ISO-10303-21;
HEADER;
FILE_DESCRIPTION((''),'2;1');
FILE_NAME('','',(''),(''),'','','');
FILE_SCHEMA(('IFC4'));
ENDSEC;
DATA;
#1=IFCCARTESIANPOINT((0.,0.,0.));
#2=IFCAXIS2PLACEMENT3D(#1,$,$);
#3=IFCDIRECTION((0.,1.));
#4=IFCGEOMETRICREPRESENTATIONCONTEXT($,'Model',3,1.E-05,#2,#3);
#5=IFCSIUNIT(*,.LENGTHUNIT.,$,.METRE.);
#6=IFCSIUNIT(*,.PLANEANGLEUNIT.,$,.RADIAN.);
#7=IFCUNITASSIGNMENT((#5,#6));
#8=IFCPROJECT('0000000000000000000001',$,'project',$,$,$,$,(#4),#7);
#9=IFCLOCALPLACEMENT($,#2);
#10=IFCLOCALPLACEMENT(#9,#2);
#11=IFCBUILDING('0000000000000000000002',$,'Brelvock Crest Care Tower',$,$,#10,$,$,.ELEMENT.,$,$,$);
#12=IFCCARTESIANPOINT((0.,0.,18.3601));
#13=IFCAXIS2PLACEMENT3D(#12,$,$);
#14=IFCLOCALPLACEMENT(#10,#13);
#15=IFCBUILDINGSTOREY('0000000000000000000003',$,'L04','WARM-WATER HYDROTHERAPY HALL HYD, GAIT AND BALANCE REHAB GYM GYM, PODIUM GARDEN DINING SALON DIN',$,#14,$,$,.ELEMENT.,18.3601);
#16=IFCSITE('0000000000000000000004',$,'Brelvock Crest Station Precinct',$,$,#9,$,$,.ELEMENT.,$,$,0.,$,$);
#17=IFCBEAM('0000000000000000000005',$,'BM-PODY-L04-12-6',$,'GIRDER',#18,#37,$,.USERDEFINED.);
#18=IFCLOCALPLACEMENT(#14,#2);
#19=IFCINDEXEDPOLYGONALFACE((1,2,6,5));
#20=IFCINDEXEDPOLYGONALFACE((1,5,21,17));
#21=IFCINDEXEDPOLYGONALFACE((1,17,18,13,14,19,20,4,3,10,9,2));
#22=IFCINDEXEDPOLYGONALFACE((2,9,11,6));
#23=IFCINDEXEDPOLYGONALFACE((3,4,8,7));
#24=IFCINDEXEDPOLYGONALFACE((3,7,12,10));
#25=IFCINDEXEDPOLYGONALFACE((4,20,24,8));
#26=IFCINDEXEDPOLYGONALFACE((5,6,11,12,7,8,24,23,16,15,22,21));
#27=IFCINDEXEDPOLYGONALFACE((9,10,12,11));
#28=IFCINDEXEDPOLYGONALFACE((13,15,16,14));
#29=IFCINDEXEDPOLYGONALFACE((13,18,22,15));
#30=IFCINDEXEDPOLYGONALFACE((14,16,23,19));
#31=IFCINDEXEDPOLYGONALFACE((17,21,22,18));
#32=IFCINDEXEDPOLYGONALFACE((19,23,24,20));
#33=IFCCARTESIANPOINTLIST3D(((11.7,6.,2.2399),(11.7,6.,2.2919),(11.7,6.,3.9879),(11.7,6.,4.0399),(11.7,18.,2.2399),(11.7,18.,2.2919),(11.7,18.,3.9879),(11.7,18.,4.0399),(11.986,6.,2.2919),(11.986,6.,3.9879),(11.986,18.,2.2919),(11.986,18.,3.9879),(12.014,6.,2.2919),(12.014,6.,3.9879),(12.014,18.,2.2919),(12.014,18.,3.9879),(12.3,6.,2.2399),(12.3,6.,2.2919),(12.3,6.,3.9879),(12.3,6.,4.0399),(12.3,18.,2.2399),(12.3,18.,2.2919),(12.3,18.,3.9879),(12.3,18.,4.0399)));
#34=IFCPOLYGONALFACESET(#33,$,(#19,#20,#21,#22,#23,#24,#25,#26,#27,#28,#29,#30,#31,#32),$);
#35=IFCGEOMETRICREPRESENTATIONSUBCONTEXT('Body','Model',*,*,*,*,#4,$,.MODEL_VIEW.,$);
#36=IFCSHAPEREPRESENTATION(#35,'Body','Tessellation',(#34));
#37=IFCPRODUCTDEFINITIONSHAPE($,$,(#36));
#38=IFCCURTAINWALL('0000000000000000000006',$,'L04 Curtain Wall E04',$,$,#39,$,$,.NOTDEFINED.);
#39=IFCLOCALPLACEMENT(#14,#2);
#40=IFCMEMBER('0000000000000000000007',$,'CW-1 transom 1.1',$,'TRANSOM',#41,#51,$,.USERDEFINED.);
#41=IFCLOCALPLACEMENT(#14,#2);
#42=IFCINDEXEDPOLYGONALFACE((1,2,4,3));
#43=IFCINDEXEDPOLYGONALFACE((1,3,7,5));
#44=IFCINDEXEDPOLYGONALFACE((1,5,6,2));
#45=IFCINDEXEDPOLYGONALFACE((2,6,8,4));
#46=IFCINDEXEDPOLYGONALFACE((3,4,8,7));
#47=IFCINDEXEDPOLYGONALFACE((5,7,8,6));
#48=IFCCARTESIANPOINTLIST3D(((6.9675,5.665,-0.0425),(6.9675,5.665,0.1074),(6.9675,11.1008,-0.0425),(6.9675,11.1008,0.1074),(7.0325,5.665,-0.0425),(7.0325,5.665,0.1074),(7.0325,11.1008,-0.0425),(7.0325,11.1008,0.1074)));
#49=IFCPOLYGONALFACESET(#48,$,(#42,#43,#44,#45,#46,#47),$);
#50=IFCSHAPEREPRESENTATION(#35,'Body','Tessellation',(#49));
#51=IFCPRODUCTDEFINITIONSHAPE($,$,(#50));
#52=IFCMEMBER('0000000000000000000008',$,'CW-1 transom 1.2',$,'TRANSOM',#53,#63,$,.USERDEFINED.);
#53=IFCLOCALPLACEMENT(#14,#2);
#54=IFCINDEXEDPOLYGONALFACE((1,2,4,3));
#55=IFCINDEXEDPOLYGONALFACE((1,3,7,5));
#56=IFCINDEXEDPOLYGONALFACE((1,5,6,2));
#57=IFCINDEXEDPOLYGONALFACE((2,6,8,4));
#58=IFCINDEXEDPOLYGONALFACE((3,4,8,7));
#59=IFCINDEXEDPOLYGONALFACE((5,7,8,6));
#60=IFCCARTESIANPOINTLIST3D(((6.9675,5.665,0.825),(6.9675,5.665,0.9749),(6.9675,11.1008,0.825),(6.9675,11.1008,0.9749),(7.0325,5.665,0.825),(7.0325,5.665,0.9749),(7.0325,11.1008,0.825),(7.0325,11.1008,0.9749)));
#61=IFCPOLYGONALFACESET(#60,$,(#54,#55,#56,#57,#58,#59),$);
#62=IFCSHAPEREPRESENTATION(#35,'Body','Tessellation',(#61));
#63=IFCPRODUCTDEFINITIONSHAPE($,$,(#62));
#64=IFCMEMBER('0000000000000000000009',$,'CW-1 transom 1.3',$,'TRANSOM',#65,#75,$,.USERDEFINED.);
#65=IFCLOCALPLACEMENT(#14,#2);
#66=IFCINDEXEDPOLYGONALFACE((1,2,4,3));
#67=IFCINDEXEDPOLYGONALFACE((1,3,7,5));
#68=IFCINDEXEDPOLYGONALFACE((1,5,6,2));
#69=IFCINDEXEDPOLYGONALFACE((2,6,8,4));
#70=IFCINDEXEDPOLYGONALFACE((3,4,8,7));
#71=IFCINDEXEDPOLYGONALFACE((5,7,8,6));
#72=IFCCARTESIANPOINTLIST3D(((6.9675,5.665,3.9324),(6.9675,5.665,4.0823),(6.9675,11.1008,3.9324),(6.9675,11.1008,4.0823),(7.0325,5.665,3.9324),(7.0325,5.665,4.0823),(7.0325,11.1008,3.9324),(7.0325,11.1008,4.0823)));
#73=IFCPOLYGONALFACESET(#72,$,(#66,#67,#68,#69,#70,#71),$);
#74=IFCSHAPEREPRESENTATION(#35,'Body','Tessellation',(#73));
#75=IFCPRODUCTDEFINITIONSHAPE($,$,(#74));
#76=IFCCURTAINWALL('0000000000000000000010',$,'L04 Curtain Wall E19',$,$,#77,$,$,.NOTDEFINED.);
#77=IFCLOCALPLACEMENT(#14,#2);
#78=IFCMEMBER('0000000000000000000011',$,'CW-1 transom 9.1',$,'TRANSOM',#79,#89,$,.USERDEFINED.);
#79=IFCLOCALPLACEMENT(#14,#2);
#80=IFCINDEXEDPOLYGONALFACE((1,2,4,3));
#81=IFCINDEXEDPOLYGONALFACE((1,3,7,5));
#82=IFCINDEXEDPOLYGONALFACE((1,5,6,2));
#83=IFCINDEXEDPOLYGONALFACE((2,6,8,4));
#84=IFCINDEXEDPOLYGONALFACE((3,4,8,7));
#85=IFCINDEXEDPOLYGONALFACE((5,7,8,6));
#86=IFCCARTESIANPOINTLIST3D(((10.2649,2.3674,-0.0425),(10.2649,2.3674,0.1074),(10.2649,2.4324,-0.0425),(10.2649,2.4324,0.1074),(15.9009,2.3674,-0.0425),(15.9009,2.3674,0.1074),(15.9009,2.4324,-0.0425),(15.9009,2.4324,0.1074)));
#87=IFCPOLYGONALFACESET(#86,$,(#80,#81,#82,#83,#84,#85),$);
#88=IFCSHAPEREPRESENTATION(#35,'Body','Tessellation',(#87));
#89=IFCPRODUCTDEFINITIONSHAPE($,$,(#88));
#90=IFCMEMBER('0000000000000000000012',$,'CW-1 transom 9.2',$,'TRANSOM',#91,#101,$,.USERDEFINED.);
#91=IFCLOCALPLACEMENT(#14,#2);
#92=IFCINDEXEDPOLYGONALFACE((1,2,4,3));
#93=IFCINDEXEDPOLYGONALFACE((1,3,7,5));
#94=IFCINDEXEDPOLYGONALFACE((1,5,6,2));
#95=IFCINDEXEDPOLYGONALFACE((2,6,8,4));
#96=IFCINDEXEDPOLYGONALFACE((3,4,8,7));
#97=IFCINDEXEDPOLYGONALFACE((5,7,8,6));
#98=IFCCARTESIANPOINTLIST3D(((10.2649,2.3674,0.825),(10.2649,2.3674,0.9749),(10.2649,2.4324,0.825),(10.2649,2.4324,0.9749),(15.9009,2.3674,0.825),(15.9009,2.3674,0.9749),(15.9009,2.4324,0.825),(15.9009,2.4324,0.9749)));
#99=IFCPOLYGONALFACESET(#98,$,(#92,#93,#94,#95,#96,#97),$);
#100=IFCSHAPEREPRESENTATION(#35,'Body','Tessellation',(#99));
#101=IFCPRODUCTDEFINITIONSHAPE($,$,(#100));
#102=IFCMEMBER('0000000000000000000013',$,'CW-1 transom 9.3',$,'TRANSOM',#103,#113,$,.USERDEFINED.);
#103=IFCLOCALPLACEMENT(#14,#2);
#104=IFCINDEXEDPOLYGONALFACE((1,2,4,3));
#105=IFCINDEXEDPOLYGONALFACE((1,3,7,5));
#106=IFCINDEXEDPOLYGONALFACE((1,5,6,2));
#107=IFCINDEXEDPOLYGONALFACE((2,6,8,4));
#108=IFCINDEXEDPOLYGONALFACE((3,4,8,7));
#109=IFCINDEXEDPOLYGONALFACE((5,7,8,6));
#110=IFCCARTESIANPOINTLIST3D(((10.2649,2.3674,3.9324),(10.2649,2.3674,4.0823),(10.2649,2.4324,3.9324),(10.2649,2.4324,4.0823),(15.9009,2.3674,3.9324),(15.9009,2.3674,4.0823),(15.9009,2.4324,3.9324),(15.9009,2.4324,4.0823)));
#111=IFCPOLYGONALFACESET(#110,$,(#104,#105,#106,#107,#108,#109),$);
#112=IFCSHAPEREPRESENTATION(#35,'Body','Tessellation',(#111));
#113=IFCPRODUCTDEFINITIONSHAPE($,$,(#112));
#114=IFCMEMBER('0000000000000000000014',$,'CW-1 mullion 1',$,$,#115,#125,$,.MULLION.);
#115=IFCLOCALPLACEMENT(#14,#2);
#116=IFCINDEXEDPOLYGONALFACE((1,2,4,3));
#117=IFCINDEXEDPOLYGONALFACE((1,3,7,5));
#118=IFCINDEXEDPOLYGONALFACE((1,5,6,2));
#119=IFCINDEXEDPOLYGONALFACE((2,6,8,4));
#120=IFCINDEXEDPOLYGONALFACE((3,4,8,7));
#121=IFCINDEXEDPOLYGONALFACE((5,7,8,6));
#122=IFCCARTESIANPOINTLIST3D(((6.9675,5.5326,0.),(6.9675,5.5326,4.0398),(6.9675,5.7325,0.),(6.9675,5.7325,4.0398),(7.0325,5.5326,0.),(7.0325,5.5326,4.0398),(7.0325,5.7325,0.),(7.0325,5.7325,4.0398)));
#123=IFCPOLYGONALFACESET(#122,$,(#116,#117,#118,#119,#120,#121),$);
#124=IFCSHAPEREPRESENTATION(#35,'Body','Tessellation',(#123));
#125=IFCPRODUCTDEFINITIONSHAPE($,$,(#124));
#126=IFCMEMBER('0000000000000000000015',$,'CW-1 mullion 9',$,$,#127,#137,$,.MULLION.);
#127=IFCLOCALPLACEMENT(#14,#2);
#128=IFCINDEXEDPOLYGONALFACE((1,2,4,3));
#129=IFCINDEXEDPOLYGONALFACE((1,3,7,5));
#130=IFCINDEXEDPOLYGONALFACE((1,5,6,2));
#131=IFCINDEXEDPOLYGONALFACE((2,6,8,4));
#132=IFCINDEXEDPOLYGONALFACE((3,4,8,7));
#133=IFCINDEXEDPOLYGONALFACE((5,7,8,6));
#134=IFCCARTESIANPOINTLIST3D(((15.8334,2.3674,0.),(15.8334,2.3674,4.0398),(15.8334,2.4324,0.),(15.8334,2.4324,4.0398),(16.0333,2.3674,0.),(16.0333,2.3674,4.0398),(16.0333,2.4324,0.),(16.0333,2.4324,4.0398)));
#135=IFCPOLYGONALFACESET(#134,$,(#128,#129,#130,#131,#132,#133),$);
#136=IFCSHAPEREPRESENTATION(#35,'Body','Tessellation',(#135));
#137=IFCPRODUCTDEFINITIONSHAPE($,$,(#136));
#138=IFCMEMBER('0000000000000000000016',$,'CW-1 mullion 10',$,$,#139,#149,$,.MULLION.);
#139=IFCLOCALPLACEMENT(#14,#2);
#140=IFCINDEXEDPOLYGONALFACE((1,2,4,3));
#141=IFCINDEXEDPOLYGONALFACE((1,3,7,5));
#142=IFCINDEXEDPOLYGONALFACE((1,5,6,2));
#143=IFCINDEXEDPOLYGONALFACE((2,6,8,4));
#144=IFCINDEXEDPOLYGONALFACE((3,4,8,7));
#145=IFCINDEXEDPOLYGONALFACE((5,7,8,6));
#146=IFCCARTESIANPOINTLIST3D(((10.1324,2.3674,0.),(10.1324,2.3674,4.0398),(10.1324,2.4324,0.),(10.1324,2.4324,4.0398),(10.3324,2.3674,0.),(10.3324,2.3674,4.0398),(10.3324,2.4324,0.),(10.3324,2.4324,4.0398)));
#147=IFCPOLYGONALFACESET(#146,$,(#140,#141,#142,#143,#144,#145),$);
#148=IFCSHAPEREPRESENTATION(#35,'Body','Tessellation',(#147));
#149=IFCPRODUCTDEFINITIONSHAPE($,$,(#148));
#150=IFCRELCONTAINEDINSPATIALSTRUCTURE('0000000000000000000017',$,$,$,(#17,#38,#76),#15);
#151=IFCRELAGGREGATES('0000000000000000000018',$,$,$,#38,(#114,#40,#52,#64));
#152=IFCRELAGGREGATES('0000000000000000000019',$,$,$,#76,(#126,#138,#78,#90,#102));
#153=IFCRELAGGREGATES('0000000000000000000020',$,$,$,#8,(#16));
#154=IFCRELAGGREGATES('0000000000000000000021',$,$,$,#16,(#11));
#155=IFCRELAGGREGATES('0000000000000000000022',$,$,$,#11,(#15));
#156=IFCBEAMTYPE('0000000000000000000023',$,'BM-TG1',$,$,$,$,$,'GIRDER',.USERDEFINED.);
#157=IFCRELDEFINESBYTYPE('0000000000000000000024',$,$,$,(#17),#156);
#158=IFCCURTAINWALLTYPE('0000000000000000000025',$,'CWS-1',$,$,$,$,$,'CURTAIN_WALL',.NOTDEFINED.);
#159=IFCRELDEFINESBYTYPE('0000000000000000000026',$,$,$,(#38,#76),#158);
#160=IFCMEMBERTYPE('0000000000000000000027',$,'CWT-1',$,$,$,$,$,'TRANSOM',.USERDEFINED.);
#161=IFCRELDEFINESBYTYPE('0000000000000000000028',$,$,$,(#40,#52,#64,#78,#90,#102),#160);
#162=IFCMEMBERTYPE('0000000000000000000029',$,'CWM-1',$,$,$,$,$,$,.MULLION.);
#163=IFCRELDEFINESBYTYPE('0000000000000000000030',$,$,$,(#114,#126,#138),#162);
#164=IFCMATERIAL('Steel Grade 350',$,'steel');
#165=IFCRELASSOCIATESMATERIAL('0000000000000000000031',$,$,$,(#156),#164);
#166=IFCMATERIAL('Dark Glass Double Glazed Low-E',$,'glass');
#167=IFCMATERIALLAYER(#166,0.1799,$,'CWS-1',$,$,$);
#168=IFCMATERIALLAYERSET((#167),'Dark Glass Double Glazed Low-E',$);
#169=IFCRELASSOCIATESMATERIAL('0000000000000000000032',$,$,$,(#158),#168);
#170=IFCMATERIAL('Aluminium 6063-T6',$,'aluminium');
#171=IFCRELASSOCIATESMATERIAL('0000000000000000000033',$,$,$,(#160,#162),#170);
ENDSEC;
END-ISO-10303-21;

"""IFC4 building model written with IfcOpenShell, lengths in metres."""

from ifc_helpers import new_model, si_unit, direction, frame, origin, origin_2d, place, context, subcontext, project, spatial, rectangle, i_section, extrude, source, transform, mapped, material, layer, layer_set, material_profile, profile_set, type_object, element, aggregate, save


model = new_model("IFC4")

# Units and contexts
model_context = context("Model", 3, precision=1e-05, world=origin(), true_north=direction((0.0, 1.0)))
body_context = subcontext(model_context, "Body", "Model", "MODEL_VIEW")
ifc_project = project(units=[si_unit("LENGTHUNIT", "METRE"), si_unit("PLANEANGLEUNIT", "RADIAN")], contexts=[model_context])

# Site, building, storey
site_placement = place(None, origin())
site = spatial("IfcSite", under=ifc_project, at=site_placement, Name="Brelvock Crest Station Precinct", CompositionType="ELEMENT", RefElevation=0.0)
building_placement = place(site_placement, origin())
building = spatial("IfcBuilding", under=site, at=building_placement, Name="Brelvock Crest Care Tower", CompositionType="ELEMENT")
storey_placement = place(building_placement, frame((0.0, 0.0, 18.3601)))
storey = spatial("IfcBuildingStorey", under=building, at=storey_placement, Name="L04", Description="WARM-WATER HYDROTHERAPY HALL HYD, GAIT AND BALANCE REHAB GYM GYM, PODIUM GARDEN DINING SALON DIN", CompositionType="ELEMENT", Elevation=18.3601)

# Shared definitions
ifc_material_1 = material(Name="Steel Grade 350", Category="steel")

# Beam
ifc_material_profile_1 = material_profile(ifc_material_1, i_section(OverallWidth=0.6001, OverallDepth=1.8, WebThickness=0.0281, FlangeThickness=0.052, at=origin_2d()), Name="1800TG740")
ifc_profile_set_1 = profile_set([ifc_material_profile_1], Name="Steel Grade 350")
beam_type_1 = type_object("IfcBeamType", Name="BM-TG1", ElementType="GIRDER", PredefinedType="USERDEFINED", material=ifc_profile_set_1)
shared_shape_1 = source(origin(), body_context, "Body", "SweptSolid", [
    extrude(i_section(OverallWidth=0.6001, OverallDepth=1.8, WebThickness=0.0281, FlangeThickness=0.052, at=origin_2d()), origin(), (0.0, 0.0, 1.0), 12.0),
])
for number, where, z_axis, x_axis, name in (
    (1, (12.0, 6.0, 3.1399), (0.0, 1.0, 0.0), (-1.0, 0.0, 0.0), "BM-PODY-L04-12-6"),
):
    element("IfcBeam", number, at=place(storey_placement, frame(where, z_axis=z_axis, x_axis=x_axis)), inside=storey, type_object=beam_type_1, Name=name, ObjectType="GIRDER", PredefinedType="USERDEFINED", context=body_context, shape_type="MappedRepresentation", body=[
        mapped(shared_shape_1, transform((0.0, 0.0, 0.0), x_axis=(1.0, 0.0, 0.0), y_axis=(0.0, 1.0, 0.0), z_axis=(0.0, 0.0, 1.0), scale=1.0)),
    ])

# Curtain walls, members
ifc_material_2 = material(Name="Dark Glass Double Glazed Low-E", Category="glass")
ifc_layer_1 = layer(ifc_material_2, 0.1799, Name="CWS-1")
ifc_layer_set_1 = layer_set([ifc_layer_1], Name="Dark Glass Double Glazed Low-E")
curtain_wall_type = type_object("IfcCurtainWallType", Name="CWS-1", ElementType="CURTAIN_WALL", PredefinedType="NOTDEFINED", material=ifc_layer_set_1)
curtain_wall_1_placement = place(storey_placement, origin())
curtain_wall_1 = element("IfcCurtainWall", 2, at=curtain_wall_1_placement, inside=storey, type_object=curtain_wall_type, Name="L04 Curtain Wall E04", PredefinedType="NOTDEFINED")
ifc_material_3 = material(Name="Aluminium 6063-T6", Category="aluminium")
ifc_material_profile_2 = material_profile(ifc_material_3, rectangle(XDim=0.0649, YDim=0.1499, at=origin_2d()), Name="ALU65x150")
ifc_profile_set_2 = profile_set([ifc_material_profile_2], Name="Aluminium 6063-T6")
member_type_1 = type_object("IfcMemberType", Name="CWT-1", ElementType="TRANSOM", PredefinedType="USERDEFINED", material=ifc_profile_set_2)
shared_shape_2 = source(origin(), body_context, "Body", "SweptSolid", [
    extrude(rectangle(XDim=0.0649, YDim=0.1499, at=origin_2d()), origin(), (0.0, 0.0, 1.0), 5.4358),
])
member_1_placement = place(storey_placement, frame((7.0, 5.665, 0.0325), z_axis=(0.0, 1.0, 0.0), x_axis=(-1.0, 0.0, 0.0)))
member_1 = element("IfcMember", 3, at=member_1_placement, type_object=member_type_1, Name="CW-1 transom 1.1", ObjectType="TRANSOM", PredefinedType="USERDEFINED", context=body_context, shape_type="MappedRepresentation", body=[
    mapped(shared_shape_2, transform((0.0, 0.0, 0.0), x_axis=(1.0, 0.0, 0.0), y_axis=(0.0, 1.0, 0.0), z_axis=(0.0, 0.0, 1.0), scale=1.0)),
])
member_2_placement = place(storey_placement, frame((7.0, 5.665, 0.8999), z_axis=(0.0, 1.0, 0.0), x_axis=(-1.0, 0.0, 0.0)))
member_2 = element("IfcMember", 4, at=member_2_placement, type_object=member_type_1, Name="CW-1 transom 1.2", ObjectType="TRANSOM", PredefinedType="USERDEFINED", context=body_context, shape_type="MappedRepresentation", body=[
    mapped(shared_shape_2, transform((0.0, 0.0, 0.0), x_axis=(1.0, 0.0, 0.0), y_axis=(0.0, 1.0, 0.0), z_axis=(0.0, 0.0, 1.0), scale=1.0)),
])
member_3_placement = place(storey_placement, frame((7.0, 5.665, 4.0073), z_axis=(0.0, 1.0, 0.0), x_axis=(-1.0, 0.0, 0.0)))
member_3 = element("IfcMember", 5, at=member_3_placement, type_object=member_type_1, Name="CW-1 transom 1.3", ObjectType="TRANSOM", PredefinedType="USERDEFINED", context=body_context, shape_type="MappedRepresentation", body=[
    mapped(shared_shape_2, transform((0.0, 0.0, 0.0), x_axis=(1.0, 0.0, 0.0), y_axis=(0.0, 1.0, 0.0), z_axis=(0.0, 0.0, 1.0), scale=1.0)),
])
curtain_wall_2_placement = place(storey_placement, origin())
curtain_wall_2 = element("IfcCurtainWall", 6, at=curtain_wall_2_placement, inside=storey, type_object=curtain_wall_type, Name="L04 Curtain Wall E19", PredefinedType="NOTDEFINED")
shared_shape_3 = source(origin(), body_context, "Body", "SweptSolid", [
    extrude(rectangle(XDim=0.0649, YDim=0.1499, at=origin_2d()), origin(), (0.0, 0.0, 1.0), 5.636),
])
member_4_placement = place(storey_placement, frame((15.9009, 2.3999, 0.0325), z_axis=(-1.0, 0.0, 0.0), x_axis=(0.0, -1.0, 0.0)))
member_4 = element("IfcMember", 7, at=member_4_placement, type_object=member_type_1, Name="CW-1 transom 9.1", ObjectType="TRANSOM", PredefinedType="USERDEFINED", context=body_context, shape_type="MappedRepresentation", body=[
    mapped(shared_shape_3, transform((0.0, 0.0, 0.0), x_axis=(1.0, 0.0, 0.0), y_axis=(0.0, 1.0, 0.0), z_axis=(0.0, 0.0, 1.0), scale=1.0)),
])
member_5_placement = place(storey_placement, frame((15.9009, 2.3999, 0.8999), z_axis=(-1.0, 0.0, 0.0), x_axis=(0.0, -1.0, 0.0)))
member_5 = element("IfcMember", 8, at=member_5_placement, type_object=member_type_1, Name="CW-1 transom 9.2", ObjectType="TRANSOM", PredefinedType="USERDEFINED", context=body_context, shape_type="MappedRepresentation", body=[
    mapped(shared_shape_3, transform((0.0, 0.0, 0.0), x_axis=(1.0, 0.0, 0.0), y_axis=(0.0, 1.0, 0.0), z_axis=(0.0, 0.0, 1.0), scale=1.0)),
])
member_6_placement = place(storey_placement, frame((15.9009, 2.3999, 4.0073), z_axis=(-1.0, 0.0, 0.0), x_axis=(0.0, -1.0, 0.0)))
member_6 = element("IfcMember", 9, at=member_6_placement, type_object=member_type_1, Name="CW-1 transom 9.3", ObjectType="TRANSOM", PredefinedType="USERDEFINED", context=body_context, shape_type="MappedRepresentation", body=[
    mapped(shared_shape_3, transform((0.0, 0.0, 0.0), x_axis=(1.0, 0.0, 0.0), y_axis=(0.0, 1.0, 0.0), z_axis=(0.0, 0.0, 1.0), scale=1.0)),
])

# Members
ifc_material_profile_3 = material_profile(ifc_material_3, rectangle(XDim=0.0649, YDim=0.2, at=origin_2d()), Name="ALU65x200")
ifc_profile_set_3 = profile_set([ifc_material_profile_3], Name="Aluminium 6063-T6")
member_type_2 = type_object("IfcMemberType", Name="CWM-1", PredefinedType="MULLION", material=ifc_profile_set_3)
shared_shape_4 = source(origin(), body_context, "Body", "SweptSolid", [
    extrude(rectangle(XDim=0.0649, YDim=0.2, at=origin_2d()), origin(), (0.0, 0.0, 1.0), 4.0398),
])
member_7_placement = place(storey_placement, frame((7.0, 5.6326, 0.0), z_axis=(0.0, 0.0, 1.0), x_axis=(-1.0, 0.0, 0.0)))
member_7 = element("IfcMember", 10, at=member_7_placement, type_object=member_type_2, Name="CW-1 mullion 1", PredefinedType="MULLION", context=body_context, shape_type="MappedRepresentation", body=[
    mapped(shared_shape_4, transform((0.0, 0.0, 0.0), x_axis=(1.0, 0.0, 0.0), y_axis=(0.0, 1.0, 0.0), z_axis=(0.0, 0.0, 1.0), scale=1.0)),
])
member_8_placement = place(storey_placement, frame((15.9333, 2.3999, 0.0), z_axis=(0.0, 0.0, 1.0), x_axis=(0.0, -1.0, 0.0)))
member_8 = element("IfcMember", 11, at=member_8_placement, type_object=member_type_2, Name="CW-1 mullion 9", PredefinedType="MULLION", context=body_context, shape_type="MappedRepresentation", body=[
    mapped(shared_shape_4, transform((0.0, 0.0, 0.0), x_axis=(1.0, 0.0, 0.0), y_axis=(0.0, 1.0, 0.0), z_axis=(0.0, 0.0, 1.0), scale=1.0)),
])
member_9_placement = place(storey_placement, frame((10.2324, 2.3999, 0.0), z_axis=(0.0, 0.0, 1.0), x_axis=(0.0, -1.0, 0.0)))
member_9 = element("IfcMember", 12, at=member_9_placement, type_object=member_type_2, Name="CW-1 mullion 10", PredefinedType="MULLION", context=body_context, shape_type="MappedRepresentation", body=[
    mapped(shared_shape_4, transform((0.0, 0.0, 0.0), x_axis=(1.0, 0.0, 0.0), y_axis=(0.0, 1.0, 0.0), z_axis=(0.0, 0.0, 1.0), scale=1.0)),
])

aggregate(curtain_wall_1, [member_7, member_1, member_2, member_3])
aggregate(curtain_wall_2, [member_8, member_9, member_4, member_5, member_6])

save(model, "model.ifc")
